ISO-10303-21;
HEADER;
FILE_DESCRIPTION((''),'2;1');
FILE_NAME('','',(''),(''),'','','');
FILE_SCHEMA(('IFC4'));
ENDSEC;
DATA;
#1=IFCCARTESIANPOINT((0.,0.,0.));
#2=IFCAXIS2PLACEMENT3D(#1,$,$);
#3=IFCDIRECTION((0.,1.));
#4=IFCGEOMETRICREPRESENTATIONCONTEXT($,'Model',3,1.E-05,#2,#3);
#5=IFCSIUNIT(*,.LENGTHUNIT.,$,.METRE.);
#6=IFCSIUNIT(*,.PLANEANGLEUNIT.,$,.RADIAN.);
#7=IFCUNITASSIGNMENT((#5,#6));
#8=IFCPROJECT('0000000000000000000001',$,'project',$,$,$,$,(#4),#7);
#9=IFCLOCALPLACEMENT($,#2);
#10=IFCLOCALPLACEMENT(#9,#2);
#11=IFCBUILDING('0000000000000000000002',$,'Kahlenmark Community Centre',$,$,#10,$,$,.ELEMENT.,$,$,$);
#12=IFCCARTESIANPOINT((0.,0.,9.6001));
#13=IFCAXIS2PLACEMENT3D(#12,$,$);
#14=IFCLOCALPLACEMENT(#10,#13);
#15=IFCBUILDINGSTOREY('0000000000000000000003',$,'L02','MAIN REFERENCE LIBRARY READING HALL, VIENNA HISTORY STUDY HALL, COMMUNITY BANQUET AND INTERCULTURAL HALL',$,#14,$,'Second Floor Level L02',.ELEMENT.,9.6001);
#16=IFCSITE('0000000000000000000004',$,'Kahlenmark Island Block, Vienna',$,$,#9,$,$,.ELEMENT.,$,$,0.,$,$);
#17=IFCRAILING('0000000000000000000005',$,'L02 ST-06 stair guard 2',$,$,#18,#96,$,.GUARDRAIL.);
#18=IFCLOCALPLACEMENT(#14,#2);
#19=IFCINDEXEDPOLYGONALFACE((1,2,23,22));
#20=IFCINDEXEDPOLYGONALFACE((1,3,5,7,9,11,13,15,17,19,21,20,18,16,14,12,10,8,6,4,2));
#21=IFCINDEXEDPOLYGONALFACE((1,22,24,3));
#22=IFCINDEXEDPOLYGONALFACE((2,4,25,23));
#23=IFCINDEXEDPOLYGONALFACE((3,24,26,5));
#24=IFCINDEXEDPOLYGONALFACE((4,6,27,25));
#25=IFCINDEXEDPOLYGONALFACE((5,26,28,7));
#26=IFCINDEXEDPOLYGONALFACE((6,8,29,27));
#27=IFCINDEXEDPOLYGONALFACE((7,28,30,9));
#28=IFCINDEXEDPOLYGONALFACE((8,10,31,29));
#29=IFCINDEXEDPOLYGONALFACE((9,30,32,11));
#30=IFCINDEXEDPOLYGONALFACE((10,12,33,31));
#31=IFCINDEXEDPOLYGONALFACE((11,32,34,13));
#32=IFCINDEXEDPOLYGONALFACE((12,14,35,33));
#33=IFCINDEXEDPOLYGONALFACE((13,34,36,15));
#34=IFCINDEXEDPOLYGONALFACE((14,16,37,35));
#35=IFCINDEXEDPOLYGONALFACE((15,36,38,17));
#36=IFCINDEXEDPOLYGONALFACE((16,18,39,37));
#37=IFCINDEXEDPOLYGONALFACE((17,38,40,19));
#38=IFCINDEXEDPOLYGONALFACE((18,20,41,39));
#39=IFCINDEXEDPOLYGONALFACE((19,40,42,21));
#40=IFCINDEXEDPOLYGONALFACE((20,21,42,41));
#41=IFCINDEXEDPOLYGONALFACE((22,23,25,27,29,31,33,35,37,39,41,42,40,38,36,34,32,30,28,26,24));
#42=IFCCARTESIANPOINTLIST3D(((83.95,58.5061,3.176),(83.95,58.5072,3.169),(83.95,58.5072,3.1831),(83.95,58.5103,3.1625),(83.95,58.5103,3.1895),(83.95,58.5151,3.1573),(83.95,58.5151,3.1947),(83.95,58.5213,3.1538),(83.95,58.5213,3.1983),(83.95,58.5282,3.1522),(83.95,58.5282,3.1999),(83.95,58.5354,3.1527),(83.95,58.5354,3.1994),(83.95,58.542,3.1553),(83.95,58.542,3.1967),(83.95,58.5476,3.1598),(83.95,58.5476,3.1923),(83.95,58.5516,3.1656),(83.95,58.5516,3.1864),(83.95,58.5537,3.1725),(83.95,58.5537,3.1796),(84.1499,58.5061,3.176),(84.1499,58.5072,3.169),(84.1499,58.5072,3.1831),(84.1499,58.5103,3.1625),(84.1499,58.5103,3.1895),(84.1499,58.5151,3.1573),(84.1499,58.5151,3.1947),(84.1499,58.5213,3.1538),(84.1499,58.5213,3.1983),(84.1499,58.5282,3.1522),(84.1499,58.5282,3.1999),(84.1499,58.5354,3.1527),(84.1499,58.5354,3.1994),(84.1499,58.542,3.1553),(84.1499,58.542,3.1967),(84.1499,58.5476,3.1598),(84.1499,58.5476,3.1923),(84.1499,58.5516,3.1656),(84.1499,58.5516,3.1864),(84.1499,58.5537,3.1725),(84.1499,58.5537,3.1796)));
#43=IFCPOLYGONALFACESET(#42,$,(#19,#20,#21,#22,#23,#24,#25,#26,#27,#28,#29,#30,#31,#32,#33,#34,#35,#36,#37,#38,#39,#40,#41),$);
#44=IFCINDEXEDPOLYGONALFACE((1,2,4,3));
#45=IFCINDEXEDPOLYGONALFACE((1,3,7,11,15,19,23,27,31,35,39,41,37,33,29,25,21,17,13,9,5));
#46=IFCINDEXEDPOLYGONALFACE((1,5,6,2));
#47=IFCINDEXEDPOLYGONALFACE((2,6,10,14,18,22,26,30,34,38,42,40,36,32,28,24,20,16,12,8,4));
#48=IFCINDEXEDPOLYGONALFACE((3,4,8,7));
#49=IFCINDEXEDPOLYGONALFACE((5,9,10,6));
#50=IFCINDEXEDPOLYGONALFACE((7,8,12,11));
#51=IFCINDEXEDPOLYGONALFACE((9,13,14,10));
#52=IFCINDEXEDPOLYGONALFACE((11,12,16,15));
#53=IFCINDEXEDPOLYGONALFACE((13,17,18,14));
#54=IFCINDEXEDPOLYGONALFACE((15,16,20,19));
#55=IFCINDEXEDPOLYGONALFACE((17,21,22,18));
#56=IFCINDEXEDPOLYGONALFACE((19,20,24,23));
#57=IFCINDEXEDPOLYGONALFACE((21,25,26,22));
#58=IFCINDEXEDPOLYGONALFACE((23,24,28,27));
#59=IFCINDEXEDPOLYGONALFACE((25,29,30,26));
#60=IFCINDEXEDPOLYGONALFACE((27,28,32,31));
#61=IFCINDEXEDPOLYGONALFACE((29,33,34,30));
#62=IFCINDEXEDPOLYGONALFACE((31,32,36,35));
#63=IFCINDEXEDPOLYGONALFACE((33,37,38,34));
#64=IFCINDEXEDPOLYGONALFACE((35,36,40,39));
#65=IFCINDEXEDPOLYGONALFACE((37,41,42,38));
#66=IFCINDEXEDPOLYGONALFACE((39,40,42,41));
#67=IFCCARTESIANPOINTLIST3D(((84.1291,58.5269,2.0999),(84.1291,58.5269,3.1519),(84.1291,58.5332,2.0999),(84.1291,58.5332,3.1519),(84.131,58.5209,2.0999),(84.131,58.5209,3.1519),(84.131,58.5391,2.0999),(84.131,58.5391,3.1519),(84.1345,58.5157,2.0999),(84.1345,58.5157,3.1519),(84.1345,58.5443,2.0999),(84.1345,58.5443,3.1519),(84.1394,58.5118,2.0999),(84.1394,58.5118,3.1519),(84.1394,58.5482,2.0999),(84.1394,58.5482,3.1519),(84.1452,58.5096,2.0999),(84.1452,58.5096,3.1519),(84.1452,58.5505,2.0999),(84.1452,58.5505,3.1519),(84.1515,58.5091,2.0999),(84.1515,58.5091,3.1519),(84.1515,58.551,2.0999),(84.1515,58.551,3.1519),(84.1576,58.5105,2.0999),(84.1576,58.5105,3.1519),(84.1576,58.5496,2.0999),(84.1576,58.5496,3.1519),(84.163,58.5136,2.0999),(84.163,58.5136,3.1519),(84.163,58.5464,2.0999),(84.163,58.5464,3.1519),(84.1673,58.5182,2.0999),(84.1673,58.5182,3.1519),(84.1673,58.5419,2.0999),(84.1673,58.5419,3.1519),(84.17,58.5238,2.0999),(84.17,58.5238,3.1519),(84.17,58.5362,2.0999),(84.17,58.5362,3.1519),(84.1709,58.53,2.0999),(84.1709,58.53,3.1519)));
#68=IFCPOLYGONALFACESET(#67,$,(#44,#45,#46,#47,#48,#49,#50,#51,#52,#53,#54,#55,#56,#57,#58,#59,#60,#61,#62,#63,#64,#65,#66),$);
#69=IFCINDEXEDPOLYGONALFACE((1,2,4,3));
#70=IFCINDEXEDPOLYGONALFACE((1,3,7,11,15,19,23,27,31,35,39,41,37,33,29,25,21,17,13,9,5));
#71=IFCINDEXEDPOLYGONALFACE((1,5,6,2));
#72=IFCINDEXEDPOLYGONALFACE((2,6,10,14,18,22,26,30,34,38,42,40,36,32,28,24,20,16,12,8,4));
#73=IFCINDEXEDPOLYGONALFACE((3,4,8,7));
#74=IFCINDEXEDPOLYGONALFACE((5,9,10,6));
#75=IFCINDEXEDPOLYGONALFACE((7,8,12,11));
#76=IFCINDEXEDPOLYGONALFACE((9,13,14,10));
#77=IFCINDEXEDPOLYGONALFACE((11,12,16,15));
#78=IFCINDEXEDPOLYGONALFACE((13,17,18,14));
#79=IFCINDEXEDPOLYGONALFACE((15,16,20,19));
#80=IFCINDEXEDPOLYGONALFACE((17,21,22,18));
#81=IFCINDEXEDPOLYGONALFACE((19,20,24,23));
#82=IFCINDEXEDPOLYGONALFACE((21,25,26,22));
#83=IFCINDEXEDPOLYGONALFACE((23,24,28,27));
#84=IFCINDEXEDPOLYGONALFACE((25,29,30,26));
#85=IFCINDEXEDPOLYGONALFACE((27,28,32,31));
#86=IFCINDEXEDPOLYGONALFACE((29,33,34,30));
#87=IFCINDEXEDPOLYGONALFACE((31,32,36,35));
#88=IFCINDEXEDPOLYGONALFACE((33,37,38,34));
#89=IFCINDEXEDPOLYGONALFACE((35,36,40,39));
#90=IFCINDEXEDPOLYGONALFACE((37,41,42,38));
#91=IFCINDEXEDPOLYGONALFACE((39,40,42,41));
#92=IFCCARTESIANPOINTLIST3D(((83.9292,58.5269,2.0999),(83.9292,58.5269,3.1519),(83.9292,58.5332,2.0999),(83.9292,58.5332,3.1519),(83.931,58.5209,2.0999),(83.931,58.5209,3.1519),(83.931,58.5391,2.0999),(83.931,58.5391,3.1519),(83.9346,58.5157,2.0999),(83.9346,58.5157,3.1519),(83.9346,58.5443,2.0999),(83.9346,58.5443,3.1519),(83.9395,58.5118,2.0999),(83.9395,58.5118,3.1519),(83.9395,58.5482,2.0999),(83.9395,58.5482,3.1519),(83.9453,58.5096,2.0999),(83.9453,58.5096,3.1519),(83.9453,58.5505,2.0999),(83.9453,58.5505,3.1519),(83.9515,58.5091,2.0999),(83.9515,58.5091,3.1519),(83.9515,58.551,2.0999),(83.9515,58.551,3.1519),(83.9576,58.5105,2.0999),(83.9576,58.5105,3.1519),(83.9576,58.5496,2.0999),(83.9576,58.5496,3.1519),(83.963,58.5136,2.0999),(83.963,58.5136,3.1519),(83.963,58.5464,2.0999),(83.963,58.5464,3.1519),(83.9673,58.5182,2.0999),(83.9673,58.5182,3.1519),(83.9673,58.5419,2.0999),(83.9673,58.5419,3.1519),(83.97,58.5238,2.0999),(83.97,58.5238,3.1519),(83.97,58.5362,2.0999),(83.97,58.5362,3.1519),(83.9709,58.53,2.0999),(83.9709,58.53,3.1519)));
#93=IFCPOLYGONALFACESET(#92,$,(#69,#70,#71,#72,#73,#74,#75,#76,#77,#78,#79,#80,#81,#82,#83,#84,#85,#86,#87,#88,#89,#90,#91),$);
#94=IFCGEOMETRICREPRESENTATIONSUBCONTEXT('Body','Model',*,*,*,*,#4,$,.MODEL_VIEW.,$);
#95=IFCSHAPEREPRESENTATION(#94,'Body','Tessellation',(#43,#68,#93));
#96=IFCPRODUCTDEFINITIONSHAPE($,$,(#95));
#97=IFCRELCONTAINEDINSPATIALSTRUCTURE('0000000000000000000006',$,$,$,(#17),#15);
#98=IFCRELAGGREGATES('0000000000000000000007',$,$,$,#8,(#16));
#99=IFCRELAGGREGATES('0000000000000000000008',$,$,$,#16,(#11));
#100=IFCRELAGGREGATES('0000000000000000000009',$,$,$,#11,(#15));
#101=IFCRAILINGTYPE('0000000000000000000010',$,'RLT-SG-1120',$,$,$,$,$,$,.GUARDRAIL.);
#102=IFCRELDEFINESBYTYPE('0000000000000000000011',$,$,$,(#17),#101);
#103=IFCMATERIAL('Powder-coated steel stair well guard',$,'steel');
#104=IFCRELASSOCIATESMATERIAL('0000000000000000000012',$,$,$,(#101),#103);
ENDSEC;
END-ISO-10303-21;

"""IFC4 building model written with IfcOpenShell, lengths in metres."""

from ifc_helpers import new_model, si_unit, direction, frame, origin, origin_2d, place, context, subcontext, project, spatial, circle, extrude, material, type_object, element, save


model = new_model("IFC4")

# Units and contexts
model_context = context("Model", 3, precision=1e-05, world=origin(), true_north=direction((0.0, 1.0)))
body_context = subcontext(model_context, "Body", "Model", "MODEL_VIEW")
ifc_project = project(units=[si_unit("LENGTHUNIT", "METRE"), si_unit("PLANEANGLEUNIT", "RADIAN")], contexts=[model_context])

# Site, building, storey
site_placement = place(None, origin())
site = spatial("IfcSite", under=ifc_project, at=site_placement, Name="Kahlenmark Island Block, Vienna", CompositionType="ELEMENT", RefElevation=0.0)
building_placement = place(site_placement, origin())
building = spatial("IfcBuilding", under=site, at=building_placement, Name="Kahlenmark Community Centre", CompositionType="ELEMENT")
storey_placement = place(building_placement, frame((0.0, 0.0, 9.6001)))
storey = spatial("IfcBuildingStorey", under=building, at=storey_placement, Name="L02", Description="MAIN REFERENCE LIBRARY READING HALL, VIENNA HISTORY STUDY HALL, COMMUNITY BANQUET AND INTERCULTURAL HALL", LongName="Second Floor Level L02", CompositionType="ELEMENT", Elevation=9.6001)

# Railing
ifc_material_1 = material(Name="Powder-coated steel stair well guard", Category="steel")
railing_type_1 = type_object("IfcRailingType", Name="RLT-SG-1120", PredefinedType="GUARDRAIL", material=ifc_material_1)
railing_1_placement = place(storey_placement, frame((84.1499, 58.53, 2.0999)))
element("IfcRailing", 1, at=railing_1_placement, inside=storey, type_object=railing_type_1, Name="L02 ST-06 stair guard 2", PredefinedType="GUARDRAIL", context=body_context, shape_type="SweptSolid", body=[
    extrude(circle(Radius=0.0239, at=origin_2d()), frame((0.0, 0.0, 1.0762), z_axis=(-1.0, 0.0, 0.0), x_axis=(0.0, -1.0, 0.0)), (0.0, 0.0, 1.0), 0.2),
    extrude(circle(Radius=0.021, at=origin_2d()), origin(), (0.0, 0.0, 1.0), 1.052),
    extrude(circle(Radius=0.021, at=origin_2d()), frame((-0.2, 0.0, 0.0)), (0.0, 0.0, 1.0), 1.052),
])

save(model, "model.ifc")
